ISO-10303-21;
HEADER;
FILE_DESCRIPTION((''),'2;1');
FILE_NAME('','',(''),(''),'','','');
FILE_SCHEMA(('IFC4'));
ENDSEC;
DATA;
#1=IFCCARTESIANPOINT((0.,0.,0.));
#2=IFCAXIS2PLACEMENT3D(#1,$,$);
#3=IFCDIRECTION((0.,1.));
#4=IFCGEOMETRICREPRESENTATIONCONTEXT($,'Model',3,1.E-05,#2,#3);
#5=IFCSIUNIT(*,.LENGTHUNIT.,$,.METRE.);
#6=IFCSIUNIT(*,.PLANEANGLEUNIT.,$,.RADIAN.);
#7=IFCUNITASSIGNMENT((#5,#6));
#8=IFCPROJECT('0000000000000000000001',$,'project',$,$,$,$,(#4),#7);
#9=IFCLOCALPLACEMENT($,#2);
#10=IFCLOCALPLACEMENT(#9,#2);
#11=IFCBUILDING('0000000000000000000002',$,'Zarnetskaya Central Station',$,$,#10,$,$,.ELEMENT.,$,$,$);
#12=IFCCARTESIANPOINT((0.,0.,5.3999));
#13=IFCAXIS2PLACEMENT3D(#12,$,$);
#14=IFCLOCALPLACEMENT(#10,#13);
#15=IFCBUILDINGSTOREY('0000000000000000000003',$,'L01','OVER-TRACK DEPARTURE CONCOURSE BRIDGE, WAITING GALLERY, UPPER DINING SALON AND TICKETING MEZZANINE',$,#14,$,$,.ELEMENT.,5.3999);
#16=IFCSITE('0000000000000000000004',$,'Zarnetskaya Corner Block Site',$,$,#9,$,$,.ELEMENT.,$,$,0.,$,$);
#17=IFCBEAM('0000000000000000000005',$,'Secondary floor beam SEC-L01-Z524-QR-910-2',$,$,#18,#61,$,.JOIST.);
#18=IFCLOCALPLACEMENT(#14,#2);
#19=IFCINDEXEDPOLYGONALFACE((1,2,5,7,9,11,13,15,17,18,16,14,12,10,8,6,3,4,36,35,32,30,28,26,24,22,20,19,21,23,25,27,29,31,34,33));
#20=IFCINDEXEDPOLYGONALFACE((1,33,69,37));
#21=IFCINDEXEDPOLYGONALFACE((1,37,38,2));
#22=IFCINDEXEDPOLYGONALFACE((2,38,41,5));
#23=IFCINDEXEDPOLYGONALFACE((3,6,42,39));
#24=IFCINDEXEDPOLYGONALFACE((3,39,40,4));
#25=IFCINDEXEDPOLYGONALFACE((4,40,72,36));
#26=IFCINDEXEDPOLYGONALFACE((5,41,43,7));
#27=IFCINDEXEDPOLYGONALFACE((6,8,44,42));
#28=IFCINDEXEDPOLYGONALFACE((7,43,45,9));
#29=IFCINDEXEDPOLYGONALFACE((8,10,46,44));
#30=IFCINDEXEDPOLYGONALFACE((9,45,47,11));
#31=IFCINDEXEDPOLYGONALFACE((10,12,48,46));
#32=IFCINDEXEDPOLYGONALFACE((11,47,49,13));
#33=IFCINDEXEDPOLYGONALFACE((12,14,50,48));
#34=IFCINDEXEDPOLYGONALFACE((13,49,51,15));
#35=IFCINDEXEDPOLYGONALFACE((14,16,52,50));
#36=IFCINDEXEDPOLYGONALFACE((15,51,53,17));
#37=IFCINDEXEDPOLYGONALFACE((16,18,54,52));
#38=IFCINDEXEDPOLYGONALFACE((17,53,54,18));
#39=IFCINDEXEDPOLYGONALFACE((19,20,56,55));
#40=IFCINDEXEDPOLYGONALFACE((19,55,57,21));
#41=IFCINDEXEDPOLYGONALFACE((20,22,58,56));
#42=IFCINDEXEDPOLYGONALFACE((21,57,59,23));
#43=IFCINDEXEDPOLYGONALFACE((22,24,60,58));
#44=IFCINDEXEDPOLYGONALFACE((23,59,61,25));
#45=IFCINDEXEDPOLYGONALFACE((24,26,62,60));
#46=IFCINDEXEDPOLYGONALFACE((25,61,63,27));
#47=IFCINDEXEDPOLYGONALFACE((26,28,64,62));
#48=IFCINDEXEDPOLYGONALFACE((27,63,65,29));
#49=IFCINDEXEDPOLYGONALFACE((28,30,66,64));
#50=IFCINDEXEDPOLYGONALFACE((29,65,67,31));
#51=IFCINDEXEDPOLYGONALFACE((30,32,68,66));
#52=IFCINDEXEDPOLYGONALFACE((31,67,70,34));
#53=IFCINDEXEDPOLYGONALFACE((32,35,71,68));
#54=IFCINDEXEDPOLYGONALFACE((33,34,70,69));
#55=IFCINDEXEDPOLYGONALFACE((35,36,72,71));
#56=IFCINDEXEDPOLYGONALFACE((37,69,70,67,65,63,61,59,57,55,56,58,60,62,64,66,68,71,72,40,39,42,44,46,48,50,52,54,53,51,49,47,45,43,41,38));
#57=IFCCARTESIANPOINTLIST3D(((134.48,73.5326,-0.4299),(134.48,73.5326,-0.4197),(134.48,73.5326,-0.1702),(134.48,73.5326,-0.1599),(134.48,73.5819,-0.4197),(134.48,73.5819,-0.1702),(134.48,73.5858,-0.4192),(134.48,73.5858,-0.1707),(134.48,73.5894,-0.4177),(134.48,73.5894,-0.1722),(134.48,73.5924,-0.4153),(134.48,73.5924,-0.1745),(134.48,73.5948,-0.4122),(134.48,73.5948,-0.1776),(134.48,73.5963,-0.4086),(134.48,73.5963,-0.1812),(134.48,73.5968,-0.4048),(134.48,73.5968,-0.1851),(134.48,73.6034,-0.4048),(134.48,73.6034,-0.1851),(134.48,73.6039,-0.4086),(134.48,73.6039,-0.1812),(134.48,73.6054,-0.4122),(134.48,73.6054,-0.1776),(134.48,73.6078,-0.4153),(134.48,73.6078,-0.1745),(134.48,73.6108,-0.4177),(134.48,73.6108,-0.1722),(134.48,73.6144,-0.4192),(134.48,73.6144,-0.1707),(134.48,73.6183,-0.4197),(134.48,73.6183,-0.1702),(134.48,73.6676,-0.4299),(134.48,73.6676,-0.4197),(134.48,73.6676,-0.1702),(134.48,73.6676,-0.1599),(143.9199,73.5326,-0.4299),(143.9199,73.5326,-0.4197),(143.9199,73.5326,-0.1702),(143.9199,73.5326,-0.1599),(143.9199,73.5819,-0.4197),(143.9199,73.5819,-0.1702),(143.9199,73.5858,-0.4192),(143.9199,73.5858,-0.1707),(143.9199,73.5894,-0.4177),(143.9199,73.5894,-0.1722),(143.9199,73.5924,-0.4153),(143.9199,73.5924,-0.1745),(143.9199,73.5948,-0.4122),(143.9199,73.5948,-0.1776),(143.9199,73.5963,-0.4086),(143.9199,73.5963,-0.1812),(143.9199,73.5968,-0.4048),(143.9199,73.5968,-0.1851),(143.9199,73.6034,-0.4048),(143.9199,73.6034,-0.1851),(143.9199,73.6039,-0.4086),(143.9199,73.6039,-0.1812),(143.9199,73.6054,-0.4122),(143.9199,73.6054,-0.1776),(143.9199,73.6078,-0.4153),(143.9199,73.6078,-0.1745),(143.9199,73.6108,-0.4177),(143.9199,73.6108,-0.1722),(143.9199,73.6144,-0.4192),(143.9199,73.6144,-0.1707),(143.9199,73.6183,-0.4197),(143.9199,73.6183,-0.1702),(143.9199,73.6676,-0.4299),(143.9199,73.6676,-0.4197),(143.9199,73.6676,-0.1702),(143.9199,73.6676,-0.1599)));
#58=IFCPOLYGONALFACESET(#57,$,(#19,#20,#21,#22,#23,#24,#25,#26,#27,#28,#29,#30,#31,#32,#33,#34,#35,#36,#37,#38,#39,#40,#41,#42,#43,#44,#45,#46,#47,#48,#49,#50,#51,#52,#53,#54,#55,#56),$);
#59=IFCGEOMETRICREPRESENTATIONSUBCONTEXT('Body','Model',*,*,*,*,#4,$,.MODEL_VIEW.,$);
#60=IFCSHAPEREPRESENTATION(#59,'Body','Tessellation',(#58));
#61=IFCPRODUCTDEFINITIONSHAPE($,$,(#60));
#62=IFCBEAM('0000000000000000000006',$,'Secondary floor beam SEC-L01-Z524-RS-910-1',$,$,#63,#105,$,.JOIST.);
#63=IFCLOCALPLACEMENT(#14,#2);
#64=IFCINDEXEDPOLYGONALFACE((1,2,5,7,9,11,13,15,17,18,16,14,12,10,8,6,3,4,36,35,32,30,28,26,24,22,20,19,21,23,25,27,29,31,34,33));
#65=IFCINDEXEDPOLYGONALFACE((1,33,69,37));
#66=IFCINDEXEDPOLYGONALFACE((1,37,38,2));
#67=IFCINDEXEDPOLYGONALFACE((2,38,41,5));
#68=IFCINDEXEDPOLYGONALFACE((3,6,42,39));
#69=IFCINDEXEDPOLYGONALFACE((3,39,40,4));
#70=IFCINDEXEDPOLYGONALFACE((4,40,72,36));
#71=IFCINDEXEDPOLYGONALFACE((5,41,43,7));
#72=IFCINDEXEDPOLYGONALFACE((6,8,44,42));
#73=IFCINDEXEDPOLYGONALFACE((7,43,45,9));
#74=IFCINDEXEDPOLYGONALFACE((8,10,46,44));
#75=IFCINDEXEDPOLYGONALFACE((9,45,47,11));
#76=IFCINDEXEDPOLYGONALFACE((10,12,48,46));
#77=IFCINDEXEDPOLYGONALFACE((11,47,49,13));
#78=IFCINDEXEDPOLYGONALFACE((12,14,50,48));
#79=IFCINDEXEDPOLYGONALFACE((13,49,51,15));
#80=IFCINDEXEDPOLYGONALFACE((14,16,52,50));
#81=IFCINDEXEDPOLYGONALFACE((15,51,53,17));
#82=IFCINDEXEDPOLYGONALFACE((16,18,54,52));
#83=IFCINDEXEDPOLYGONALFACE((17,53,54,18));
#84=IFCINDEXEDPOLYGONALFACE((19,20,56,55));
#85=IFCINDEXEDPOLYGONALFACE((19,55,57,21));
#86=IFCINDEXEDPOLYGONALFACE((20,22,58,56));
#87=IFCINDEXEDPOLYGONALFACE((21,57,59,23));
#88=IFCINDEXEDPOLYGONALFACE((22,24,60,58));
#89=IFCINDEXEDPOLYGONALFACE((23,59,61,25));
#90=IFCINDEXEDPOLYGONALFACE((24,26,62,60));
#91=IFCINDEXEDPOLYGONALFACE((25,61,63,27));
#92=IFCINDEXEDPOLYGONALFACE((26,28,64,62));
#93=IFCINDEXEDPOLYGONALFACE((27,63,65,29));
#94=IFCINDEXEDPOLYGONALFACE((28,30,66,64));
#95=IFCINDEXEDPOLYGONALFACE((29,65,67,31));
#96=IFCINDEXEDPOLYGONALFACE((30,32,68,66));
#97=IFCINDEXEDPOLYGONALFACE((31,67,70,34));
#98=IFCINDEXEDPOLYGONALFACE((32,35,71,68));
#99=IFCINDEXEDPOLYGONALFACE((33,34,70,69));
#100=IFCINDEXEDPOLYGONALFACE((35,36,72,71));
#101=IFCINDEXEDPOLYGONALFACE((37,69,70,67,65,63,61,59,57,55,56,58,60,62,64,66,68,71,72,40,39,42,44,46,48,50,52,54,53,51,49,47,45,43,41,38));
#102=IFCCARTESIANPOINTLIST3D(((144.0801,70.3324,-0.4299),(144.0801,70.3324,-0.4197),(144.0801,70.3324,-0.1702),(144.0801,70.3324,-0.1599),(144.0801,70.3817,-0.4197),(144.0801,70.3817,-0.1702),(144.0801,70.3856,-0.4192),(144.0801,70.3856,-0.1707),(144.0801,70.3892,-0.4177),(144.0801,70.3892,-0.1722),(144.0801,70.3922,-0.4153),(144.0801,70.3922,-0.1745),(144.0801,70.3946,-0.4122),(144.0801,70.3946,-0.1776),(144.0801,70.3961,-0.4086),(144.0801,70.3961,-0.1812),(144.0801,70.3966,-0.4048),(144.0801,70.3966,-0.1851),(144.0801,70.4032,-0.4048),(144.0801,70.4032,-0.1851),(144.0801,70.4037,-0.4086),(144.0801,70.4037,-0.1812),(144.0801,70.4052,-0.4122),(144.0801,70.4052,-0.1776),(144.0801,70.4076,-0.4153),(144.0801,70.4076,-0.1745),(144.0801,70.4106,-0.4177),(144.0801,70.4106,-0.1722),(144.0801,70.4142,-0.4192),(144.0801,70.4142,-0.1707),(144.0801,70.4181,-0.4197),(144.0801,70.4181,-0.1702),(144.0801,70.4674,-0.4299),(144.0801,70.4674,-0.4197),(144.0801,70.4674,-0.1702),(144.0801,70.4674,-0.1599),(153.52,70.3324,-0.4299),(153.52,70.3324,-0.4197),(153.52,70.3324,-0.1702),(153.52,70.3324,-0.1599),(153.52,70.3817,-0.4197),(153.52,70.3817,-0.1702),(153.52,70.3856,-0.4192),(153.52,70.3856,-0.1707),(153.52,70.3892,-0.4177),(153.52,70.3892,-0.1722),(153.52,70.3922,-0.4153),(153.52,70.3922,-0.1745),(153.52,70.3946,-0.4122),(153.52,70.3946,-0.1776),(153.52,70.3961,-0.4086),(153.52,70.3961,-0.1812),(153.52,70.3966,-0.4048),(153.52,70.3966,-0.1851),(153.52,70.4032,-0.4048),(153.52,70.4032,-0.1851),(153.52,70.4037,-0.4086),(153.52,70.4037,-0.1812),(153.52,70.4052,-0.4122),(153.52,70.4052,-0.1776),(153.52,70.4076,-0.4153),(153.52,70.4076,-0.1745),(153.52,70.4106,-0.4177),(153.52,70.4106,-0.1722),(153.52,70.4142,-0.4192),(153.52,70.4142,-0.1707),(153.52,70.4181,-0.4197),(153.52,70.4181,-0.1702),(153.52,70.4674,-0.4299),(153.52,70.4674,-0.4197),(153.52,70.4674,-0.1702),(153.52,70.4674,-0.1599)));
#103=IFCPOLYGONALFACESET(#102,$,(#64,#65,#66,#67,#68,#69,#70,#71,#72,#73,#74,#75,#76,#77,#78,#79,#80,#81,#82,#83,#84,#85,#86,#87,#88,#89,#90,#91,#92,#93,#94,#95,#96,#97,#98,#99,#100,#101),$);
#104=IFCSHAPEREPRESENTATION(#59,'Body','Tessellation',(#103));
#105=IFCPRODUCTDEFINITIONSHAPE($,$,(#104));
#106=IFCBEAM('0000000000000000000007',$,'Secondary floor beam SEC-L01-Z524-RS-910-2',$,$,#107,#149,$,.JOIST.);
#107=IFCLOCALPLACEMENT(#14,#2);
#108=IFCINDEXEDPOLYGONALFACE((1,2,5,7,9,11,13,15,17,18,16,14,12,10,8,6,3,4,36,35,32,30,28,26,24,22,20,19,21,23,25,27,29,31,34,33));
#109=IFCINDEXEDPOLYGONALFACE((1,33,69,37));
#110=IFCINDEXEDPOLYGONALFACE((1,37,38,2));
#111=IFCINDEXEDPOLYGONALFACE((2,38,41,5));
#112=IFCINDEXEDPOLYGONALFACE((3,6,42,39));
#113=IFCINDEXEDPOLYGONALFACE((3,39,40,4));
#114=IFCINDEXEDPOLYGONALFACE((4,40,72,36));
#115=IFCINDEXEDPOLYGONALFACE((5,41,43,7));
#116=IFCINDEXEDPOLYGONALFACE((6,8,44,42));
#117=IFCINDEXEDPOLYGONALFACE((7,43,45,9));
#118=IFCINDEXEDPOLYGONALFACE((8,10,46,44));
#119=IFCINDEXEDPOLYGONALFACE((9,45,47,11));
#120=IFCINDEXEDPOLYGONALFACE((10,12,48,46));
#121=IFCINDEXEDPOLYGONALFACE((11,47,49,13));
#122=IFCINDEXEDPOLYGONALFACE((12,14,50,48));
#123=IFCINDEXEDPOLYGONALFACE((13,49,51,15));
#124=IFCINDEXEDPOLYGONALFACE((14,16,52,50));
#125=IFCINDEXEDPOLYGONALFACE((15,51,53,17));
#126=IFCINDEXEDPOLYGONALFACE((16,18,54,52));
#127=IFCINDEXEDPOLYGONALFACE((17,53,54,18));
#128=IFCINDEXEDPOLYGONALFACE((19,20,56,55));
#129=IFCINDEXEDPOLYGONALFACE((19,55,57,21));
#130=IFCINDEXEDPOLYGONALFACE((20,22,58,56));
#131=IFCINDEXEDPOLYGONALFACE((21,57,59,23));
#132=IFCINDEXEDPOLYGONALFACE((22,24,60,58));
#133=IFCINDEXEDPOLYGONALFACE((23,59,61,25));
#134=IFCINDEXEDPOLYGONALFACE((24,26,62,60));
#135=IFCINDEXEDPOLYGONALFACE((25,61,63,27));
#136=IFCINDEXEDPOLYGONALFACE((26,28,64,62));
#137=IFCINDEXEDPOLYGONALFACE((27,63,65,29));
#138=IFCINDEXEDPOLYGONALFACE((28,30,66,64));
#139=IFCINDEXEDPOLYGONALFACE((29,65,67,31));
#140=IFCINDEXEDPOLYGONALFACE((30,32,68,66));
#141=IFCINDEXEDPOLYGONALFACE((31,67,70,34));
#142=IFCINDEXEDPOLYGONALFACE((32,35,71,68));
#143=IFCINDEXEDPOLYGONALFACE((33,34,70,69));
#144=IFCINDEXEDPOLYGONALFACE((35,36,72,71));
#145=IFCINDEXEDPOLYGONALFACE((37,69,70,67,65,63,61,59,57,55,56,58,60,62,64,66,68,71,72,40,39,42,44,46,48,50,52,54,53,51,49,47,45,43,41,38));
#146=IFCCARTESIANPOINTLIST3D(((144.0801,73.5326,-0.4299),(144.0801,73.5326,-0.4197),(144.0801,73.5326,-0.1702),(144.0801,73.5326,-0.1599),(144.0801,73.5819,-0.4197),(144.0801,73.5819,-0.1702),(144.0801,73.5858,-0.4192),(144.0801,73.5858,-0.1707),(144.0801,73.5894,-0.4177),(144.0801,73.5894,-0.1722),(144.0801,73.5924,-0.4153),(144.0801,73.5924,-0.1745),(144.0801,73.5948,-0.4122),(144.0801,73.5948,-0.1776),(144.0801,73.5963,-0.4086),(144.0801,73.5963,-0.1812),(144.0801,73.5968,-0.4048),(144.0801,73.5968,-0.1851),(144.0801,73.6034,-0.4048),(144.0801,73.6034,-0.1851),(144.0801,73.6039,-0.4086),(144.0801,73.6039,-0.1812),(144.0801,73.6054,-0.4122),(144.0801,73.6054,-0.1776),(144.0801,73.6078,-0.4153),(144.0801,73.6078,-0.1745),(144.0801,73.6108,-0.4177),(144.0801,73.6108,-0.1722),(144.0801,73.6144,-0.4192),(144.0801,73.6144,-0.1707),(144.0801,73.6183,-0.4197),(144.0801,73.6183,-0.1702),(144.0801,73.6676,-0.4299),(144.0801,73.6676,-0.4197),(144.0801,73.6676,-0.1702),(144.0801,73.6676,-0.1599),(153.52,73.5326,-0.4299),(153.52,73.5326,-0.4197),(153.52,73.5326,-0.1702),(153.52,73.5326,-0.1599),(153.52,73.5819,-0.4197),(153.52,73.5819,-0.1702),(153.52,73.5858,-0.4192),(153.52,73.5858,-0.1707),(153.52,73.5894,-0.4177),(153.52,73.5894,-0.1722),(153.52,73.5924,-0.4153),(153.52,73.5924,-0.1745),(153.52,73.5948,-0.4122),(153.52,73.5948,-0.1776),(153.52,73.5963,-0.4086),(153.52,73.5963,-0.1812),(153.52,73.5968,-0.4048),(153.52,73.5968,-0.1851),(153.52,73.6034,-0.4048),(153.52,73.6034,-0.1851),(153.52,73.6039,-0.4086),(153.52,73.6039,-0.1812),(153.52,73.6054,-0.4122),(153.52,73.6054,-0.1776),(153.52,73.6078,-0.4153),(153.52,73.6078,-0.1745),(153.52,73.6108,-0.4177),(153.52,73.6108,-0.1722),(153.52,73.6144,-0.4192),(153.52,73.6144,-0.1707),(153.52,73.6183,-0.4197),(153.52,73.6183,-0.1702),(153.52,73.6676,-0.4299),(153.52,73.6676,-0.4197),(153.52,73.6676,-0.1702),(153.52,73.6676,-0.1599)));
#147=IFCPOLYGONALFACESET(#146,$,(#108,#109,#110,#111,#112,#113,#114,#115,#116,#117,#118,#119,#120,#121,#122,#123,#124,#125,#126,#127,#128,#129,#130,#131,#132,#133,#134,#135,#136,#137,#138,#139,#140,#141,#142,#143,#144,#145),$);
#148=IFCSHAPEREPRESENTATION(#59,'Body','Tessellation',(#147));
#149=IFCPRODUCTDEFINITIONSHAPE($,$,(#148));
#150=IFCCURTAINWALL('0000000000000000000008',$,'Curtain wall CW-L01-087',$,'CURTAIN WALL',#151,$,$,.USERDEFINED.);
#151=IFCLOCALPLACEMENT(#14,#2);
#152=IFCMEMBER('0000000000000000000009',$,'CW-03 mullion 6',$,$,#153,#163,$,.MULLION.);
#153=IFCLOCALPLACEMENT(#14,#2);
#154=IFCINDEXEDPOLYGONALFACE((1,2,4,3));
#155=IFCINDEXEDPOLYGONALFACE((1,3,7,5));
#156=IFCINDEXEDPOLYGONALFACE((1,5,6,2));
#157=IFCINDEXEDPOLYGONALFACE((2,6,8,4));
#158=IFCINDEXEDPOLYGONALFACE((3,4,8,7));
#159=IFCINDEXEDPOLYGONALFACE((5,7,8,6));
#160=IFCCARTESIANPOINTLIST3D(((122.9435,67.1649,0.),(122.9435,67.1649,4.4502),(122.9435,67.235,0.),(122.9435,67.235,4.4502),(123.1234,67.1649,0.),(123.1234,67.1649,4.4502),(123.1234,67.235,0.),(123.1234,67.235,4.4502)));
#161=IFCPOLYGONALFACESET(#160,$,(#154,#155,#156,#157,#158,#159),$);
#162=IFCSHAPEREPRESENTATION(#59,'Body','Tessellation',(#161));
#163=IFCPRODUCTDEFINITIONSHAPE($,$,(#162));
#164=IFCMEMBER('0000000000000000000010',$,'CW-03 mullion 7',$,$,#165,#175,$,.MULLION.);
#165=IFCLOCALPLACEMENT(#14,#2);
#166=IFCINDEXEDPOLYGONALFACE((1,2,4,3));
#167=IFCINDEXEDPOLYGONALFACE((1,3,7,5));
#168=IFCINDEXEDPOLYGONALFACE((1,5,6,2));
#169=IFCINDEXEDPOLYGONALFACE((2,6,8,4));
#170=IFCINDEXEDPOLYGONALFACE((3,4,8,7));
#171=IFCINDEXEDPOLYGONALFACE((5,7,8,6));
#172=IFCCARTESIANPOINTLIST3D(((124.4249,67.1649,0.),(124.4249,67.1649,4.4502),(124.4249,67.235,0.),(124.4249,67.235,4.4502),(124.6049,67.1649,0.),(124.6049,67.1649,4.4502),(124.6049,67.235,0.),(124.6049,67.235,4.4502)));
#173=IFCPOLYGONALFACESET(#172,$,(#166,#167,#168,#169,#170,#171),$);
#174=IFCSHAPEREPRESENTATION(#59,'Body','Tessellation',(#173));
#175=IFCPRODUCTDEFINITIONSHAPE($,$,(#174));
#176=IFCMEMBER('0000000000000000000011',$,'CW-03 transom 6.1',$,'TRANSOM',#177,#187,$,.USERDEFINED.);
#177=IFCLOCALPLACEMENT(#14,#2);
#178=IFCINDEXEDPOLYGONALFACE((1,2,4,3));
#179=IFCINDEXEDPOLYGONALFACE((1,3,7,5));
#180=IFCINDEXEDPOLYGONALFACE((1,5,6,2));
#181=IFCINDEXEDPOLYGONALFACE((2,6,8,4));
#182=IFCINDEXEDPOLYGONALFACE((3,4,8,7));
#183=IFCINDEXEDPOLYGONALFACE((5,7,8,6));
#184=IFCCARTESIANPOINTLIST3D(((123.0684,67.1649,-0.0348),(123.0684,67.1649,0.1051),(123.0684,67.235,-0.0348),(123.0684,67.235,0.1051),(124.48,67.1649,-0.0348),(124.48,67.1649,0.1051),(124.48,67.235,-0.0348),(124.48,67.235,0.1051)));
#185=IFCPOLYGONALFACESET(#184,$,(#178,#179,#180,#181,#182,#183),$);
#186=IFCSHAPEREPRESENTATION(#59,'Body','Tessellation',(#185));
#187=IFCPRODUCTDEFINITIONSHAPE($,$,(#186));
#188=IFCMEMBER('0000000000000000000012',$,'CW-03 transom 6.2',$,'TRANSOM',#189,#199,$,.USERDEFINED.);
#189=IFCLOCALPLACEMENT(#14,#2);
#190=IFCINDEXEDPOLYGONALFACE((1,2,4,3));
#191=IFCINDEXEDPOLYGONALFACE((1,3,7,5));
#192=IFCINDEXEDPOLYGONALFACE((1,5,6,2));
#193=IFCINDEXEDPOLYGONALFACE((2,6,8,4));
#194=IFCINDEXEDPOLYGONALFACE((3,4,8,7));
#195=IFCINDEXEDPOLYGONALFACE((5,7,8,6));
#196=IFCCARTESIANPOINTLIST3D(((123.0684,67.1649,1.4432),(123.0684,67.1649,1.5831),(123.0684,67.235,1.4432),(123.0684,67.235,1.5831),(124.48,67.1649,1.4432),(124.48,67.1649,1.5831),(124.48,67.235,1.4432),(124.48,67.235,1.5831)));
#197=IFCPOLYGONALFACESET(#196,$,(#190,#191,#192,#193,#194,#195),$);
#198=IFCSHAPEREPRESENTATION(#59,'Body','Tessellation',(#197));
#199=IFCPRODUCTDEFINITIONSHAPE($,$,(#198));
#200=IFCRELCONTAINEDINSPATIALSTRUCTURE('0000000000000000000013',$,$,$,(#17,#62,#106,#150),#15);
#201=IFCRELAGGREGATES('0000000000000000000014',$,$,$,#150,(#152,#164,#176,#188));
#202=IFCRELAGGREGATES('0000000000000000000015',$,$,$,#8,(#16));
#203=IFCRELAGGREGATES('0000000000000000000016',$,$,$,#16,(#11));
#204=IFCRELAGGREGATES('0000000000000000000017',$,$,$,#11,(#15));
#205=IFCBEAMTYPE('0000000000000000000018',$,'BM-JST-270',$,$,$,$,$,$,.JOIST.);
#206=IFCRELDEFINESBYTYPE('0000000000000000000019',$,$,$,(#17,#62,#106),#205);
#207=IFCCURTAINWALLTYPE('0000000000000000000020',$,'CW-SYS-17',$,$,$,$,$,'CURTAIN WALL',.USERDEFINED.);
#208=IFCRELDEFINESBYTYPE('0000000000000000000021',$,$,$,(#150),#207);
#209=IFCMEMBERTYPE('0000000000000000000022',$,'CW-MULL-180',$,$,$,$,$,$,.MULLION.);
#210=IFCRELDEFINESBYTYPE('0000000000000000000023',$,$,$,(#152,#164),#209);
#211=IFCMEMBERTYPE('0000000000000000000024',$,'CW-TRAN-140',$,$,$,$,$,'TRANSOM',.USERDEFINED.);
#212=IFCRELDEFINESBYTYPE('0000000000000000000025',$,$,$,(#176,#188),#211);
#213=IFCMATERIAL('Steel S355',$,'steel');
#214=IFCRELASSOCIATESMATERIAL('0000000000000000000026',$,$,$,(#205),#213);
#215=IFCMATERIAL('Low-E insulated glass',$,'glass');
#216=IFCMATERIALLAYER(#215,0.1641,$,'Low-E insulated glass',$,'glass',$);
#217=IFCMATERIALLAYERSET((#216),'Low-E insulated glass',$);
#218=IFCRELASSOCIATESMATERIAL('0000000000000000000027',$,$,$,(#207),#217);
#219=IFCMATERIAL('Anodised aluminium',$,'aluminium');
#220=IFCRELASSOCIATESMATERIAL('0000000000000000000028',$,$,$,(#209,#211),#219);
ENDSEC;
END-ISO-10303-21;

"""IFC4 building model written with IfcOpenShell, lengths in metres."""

from ifc_helpers import new_model, si_unit, direction, frame, origin, origin_2d, place, context, subcontext, project, spatial, rectangle, i_section, extrude, material, layer, layer_set, material_profile, profile_set, type_object, element, aggregate, save


model = new_model("IFC4")

# Units and contexts
model_context = context("Model", 3, precision=1e-05, world=origin(), true_north=direction((0.0, 1.0)))
body_context = subcontext(model_context, "Body", "Model", "MODEL_VIEW")
ifc_project = project(units=[si_unit("LENGTHUNIT", "METRE"), si_unit("PLANEANGLEUNIT", "RADIAN")], contexts=[model_context])

# Site, building, storey
site_placement = place(None, origin())
site = spatial("IfcSite", under=ifc_project, at=site_placement, Name="Zarnetskaya Corner Block Site", CompositionType="ELEMENT", RefElevation=0.0)
building_placement = place(site_placement, origin())
building = spatial("IfcBuilding", under=site, at=building_placement, Name="Zarnetskaya Central Station", CompositionType="ELEMENT")
storey_placement = place(building_placement, frame((0.0, 0.0, 5.3999)))
storey = spatial("IfcBuildingStorey", under=building, at=storey_placement, Name="L01", Description="OVER-TRACK DEPARTURE CONCOURSE BRIDGE, WAITING GALLERY, UPPER DINING SALON AND TICKETING MEZZANINE", CompositionType="ELEMENT", Elevation=5.3999)

# Shared definitions
ifc_material_1 = material(Name="Steel S355", Category="steel")

# Beams
ifc_material_profile_1 = material_profile(ifc_material_1, i_section(OverallWidth=0.135, OverallDepth=0.27, WebThickness=0.0066, FlangeThickness=0.0103, FilletRadius=0.0149, at=origin_2d()), Name="IPE 270")
ifc_profile_set_1 = profile_set([ifc_material_profile_1], Name="Steel S355")
beam_type_1 = type_object("IfcBeamType", Name="BM-JST-270", PredefinedType="JOIST", material=ifc_profile_set_1)
for number, where, z_axis, x_axis, name in (
    (1, (134.48, 73.6001, -0.2949), (1.0, 0.0, 0.0), (0.0, 1.0, 0.0), "Secondary floor beam SEC-L01-Z524-QR-910-2"),
    (2, (144.0801, 70.3999, -0.2949), (1.0, 0.0, 0.0), (0.0, 1.0, 0.0), "Secondary floor beam SEC-L01-Z524-RS-910-1"),
    (3, (144.0801, 73.6001, -0.2949), (1.0, 0.0, 0.0), (0.0, 1.0, 0.0), "Secondary floor beam SEC-L01-Z524-RS-910-2"),
):
    element("IfcBeam", number, at=place(storey_placement, frame(where, z_axis=z_axis, x_axis=x_axis)), inside=storey, type_object=beam_type_1, Name=name, PredefinedType="JOIST", context=body_context, shape_type="SweptSolid", body=[
        extrude(i_section(OverallWidth=0.135, OverallDepth=0.27, WebThickness=0.0066, FlangeThickness=0.0103, FilletRadius=0.0149, at=origin_2d()), origin(), (0.0, 0.0, 1.0), 9.4399),
    ])

# Curtain wall, members
ifc_material_2 = material(Name="Low-E insulated glass", Category="glass")
ifc_layer_1 = layer(ifc_material_2, 0.1641, Name="Low-E insulated glass", Category="glass")
ifc_layer_set_1 = layer_set([ifc_layer_1], Name="Low-E insulated glass")
curtain_wall_type = type_object("IfcCurtainWallType", Name="CW-SYS-17", ElementType="CURTAIN WALL", PredefinedType="USERDEFINED", material=ifc_layer_set_1)
curtain_wall_placement = place(storey_placement, origin())
curtain_wall = element("IfcCurtainWall", 4, at=curtain_wall_placement, inside=storey, type_object=curtain_wall_type, Name="Curtain wall CW-L01-087", ObjectType="CURTAIN WALL", PredefinedType="USERDEFINED")
ifc_material_3 = material(Name="Anodised aluminium", Category="aluminium")
ifc_material_profile_2 = material_profile(ifc_material_3, rectangle(XDim=0.0701, YDim=0.1799, at=origin_2d()), Name="ALU MULL 70x180")
ifc_profile_set_2 = profile_set([ifc_material_profile_2], Name="Anodised aluminium")
member_type_1 = type_object("IfcMemberType", Name="CW-MULL-180", PredefinedType="MULLION", material=ifc_profile_set_2)
member_1_placement = place(storey_placement, frame((123.0334, 67.2, 0.0), z_axis=(0.0, 0.0, 1.0), x_axis=(0.0, 1.0, 0.0)))
member_1 = element("IfcMember", 5, at=member_1_placement, type_object=member_type_1, Name="CW-03 mullion 6", PredefinedType="MULLION", context=body_context, shape_type="SweptSolid", body=[
    extrude(rectangle(XDim=0.0701, YDim=0.1799, at=origin_2d()), origin(), (0.0, 0.0, 1.0), 4.4502),
])
member_2_placement = place(storey_placement, frame((124.5149, 67.2, 0.0), z_axis=(0.0, 0.0, 1.0), x_axis=(0.0, 1.0, 0.0)))
member_2 = element("IfcMember", 6, at=member_2_placement, type_object=member_type_1, Name="CW-03 mullion 7", PredefinedType="MULLION", context=body_context, shape_type="SweptSolid", body=[
    extrude(rectangle(XDim=0.0701, YDim=0.1799, at=origin_2d()), origin(), (0.0, 0.0, 1.0), 4.4502),
])
ifc_material_profile_3 = material_profile(ifc_material_3, rectangle(XDim=0.0701, YDim=0.1399, at=origin_2d()), Name="ALU TRAN 70x140")
ifc_profile_set_3 = profile_set([ifc_material_profile_3], Name="Anodised aluminium")
member_type_2 = type_object("IfcMemberType", Name="CW-TRAN-140", ElementType="TRANSOM", PredefinedType="USERDEFINED", material=ifc_profile_set_3)
member_3_placement = place(storey_placement, frame((123.0684, 67.2, 0.0352), z_axis=(1.0, 0.0, 0.0), x_axis=(0.0, 1.0, 0.0)))
member_3 = element("IfcMember", 7, at=member_3_placement, type_object=member_type_2, Name="CW-03 transom 6.1", ObjectType="TRANSOM", PredefinedType="USERDEFINED", context=body_context, shape_type="SweptSolid", body=[
    extrude(rectangle(XDim=0.0701, YDim=0.1399, at=origin_2d()), origin(), (0.0, 0.0, 1.0), 1.4116),
])
member_4_placement = place(storey_placement, frame((123.0684, 67.2, 1.5132), z_axis=(1.0, 0.0, 0.0), x_axis=(0.0, 1.0, 0.0)))
member_4 = element("IfcMember", 8, at=member_4_placement, type_object=member_type_2, Name="CW-03 transom 6.2", ObjectType="TRANSOM", PredefinedType="USERDEFINED", context=body_context, shape_type="SweptSolid", body=[
    extrude(rectangle(XDim=0.0701, YDim=0.1399, at=origin_2d()), origin(), (0.0, 0.0, 1.0), 1.4116),
])

aggregate(curtain_wall, [member_1, member_2, member_3, member_4])

save(model, "model.ifc")
